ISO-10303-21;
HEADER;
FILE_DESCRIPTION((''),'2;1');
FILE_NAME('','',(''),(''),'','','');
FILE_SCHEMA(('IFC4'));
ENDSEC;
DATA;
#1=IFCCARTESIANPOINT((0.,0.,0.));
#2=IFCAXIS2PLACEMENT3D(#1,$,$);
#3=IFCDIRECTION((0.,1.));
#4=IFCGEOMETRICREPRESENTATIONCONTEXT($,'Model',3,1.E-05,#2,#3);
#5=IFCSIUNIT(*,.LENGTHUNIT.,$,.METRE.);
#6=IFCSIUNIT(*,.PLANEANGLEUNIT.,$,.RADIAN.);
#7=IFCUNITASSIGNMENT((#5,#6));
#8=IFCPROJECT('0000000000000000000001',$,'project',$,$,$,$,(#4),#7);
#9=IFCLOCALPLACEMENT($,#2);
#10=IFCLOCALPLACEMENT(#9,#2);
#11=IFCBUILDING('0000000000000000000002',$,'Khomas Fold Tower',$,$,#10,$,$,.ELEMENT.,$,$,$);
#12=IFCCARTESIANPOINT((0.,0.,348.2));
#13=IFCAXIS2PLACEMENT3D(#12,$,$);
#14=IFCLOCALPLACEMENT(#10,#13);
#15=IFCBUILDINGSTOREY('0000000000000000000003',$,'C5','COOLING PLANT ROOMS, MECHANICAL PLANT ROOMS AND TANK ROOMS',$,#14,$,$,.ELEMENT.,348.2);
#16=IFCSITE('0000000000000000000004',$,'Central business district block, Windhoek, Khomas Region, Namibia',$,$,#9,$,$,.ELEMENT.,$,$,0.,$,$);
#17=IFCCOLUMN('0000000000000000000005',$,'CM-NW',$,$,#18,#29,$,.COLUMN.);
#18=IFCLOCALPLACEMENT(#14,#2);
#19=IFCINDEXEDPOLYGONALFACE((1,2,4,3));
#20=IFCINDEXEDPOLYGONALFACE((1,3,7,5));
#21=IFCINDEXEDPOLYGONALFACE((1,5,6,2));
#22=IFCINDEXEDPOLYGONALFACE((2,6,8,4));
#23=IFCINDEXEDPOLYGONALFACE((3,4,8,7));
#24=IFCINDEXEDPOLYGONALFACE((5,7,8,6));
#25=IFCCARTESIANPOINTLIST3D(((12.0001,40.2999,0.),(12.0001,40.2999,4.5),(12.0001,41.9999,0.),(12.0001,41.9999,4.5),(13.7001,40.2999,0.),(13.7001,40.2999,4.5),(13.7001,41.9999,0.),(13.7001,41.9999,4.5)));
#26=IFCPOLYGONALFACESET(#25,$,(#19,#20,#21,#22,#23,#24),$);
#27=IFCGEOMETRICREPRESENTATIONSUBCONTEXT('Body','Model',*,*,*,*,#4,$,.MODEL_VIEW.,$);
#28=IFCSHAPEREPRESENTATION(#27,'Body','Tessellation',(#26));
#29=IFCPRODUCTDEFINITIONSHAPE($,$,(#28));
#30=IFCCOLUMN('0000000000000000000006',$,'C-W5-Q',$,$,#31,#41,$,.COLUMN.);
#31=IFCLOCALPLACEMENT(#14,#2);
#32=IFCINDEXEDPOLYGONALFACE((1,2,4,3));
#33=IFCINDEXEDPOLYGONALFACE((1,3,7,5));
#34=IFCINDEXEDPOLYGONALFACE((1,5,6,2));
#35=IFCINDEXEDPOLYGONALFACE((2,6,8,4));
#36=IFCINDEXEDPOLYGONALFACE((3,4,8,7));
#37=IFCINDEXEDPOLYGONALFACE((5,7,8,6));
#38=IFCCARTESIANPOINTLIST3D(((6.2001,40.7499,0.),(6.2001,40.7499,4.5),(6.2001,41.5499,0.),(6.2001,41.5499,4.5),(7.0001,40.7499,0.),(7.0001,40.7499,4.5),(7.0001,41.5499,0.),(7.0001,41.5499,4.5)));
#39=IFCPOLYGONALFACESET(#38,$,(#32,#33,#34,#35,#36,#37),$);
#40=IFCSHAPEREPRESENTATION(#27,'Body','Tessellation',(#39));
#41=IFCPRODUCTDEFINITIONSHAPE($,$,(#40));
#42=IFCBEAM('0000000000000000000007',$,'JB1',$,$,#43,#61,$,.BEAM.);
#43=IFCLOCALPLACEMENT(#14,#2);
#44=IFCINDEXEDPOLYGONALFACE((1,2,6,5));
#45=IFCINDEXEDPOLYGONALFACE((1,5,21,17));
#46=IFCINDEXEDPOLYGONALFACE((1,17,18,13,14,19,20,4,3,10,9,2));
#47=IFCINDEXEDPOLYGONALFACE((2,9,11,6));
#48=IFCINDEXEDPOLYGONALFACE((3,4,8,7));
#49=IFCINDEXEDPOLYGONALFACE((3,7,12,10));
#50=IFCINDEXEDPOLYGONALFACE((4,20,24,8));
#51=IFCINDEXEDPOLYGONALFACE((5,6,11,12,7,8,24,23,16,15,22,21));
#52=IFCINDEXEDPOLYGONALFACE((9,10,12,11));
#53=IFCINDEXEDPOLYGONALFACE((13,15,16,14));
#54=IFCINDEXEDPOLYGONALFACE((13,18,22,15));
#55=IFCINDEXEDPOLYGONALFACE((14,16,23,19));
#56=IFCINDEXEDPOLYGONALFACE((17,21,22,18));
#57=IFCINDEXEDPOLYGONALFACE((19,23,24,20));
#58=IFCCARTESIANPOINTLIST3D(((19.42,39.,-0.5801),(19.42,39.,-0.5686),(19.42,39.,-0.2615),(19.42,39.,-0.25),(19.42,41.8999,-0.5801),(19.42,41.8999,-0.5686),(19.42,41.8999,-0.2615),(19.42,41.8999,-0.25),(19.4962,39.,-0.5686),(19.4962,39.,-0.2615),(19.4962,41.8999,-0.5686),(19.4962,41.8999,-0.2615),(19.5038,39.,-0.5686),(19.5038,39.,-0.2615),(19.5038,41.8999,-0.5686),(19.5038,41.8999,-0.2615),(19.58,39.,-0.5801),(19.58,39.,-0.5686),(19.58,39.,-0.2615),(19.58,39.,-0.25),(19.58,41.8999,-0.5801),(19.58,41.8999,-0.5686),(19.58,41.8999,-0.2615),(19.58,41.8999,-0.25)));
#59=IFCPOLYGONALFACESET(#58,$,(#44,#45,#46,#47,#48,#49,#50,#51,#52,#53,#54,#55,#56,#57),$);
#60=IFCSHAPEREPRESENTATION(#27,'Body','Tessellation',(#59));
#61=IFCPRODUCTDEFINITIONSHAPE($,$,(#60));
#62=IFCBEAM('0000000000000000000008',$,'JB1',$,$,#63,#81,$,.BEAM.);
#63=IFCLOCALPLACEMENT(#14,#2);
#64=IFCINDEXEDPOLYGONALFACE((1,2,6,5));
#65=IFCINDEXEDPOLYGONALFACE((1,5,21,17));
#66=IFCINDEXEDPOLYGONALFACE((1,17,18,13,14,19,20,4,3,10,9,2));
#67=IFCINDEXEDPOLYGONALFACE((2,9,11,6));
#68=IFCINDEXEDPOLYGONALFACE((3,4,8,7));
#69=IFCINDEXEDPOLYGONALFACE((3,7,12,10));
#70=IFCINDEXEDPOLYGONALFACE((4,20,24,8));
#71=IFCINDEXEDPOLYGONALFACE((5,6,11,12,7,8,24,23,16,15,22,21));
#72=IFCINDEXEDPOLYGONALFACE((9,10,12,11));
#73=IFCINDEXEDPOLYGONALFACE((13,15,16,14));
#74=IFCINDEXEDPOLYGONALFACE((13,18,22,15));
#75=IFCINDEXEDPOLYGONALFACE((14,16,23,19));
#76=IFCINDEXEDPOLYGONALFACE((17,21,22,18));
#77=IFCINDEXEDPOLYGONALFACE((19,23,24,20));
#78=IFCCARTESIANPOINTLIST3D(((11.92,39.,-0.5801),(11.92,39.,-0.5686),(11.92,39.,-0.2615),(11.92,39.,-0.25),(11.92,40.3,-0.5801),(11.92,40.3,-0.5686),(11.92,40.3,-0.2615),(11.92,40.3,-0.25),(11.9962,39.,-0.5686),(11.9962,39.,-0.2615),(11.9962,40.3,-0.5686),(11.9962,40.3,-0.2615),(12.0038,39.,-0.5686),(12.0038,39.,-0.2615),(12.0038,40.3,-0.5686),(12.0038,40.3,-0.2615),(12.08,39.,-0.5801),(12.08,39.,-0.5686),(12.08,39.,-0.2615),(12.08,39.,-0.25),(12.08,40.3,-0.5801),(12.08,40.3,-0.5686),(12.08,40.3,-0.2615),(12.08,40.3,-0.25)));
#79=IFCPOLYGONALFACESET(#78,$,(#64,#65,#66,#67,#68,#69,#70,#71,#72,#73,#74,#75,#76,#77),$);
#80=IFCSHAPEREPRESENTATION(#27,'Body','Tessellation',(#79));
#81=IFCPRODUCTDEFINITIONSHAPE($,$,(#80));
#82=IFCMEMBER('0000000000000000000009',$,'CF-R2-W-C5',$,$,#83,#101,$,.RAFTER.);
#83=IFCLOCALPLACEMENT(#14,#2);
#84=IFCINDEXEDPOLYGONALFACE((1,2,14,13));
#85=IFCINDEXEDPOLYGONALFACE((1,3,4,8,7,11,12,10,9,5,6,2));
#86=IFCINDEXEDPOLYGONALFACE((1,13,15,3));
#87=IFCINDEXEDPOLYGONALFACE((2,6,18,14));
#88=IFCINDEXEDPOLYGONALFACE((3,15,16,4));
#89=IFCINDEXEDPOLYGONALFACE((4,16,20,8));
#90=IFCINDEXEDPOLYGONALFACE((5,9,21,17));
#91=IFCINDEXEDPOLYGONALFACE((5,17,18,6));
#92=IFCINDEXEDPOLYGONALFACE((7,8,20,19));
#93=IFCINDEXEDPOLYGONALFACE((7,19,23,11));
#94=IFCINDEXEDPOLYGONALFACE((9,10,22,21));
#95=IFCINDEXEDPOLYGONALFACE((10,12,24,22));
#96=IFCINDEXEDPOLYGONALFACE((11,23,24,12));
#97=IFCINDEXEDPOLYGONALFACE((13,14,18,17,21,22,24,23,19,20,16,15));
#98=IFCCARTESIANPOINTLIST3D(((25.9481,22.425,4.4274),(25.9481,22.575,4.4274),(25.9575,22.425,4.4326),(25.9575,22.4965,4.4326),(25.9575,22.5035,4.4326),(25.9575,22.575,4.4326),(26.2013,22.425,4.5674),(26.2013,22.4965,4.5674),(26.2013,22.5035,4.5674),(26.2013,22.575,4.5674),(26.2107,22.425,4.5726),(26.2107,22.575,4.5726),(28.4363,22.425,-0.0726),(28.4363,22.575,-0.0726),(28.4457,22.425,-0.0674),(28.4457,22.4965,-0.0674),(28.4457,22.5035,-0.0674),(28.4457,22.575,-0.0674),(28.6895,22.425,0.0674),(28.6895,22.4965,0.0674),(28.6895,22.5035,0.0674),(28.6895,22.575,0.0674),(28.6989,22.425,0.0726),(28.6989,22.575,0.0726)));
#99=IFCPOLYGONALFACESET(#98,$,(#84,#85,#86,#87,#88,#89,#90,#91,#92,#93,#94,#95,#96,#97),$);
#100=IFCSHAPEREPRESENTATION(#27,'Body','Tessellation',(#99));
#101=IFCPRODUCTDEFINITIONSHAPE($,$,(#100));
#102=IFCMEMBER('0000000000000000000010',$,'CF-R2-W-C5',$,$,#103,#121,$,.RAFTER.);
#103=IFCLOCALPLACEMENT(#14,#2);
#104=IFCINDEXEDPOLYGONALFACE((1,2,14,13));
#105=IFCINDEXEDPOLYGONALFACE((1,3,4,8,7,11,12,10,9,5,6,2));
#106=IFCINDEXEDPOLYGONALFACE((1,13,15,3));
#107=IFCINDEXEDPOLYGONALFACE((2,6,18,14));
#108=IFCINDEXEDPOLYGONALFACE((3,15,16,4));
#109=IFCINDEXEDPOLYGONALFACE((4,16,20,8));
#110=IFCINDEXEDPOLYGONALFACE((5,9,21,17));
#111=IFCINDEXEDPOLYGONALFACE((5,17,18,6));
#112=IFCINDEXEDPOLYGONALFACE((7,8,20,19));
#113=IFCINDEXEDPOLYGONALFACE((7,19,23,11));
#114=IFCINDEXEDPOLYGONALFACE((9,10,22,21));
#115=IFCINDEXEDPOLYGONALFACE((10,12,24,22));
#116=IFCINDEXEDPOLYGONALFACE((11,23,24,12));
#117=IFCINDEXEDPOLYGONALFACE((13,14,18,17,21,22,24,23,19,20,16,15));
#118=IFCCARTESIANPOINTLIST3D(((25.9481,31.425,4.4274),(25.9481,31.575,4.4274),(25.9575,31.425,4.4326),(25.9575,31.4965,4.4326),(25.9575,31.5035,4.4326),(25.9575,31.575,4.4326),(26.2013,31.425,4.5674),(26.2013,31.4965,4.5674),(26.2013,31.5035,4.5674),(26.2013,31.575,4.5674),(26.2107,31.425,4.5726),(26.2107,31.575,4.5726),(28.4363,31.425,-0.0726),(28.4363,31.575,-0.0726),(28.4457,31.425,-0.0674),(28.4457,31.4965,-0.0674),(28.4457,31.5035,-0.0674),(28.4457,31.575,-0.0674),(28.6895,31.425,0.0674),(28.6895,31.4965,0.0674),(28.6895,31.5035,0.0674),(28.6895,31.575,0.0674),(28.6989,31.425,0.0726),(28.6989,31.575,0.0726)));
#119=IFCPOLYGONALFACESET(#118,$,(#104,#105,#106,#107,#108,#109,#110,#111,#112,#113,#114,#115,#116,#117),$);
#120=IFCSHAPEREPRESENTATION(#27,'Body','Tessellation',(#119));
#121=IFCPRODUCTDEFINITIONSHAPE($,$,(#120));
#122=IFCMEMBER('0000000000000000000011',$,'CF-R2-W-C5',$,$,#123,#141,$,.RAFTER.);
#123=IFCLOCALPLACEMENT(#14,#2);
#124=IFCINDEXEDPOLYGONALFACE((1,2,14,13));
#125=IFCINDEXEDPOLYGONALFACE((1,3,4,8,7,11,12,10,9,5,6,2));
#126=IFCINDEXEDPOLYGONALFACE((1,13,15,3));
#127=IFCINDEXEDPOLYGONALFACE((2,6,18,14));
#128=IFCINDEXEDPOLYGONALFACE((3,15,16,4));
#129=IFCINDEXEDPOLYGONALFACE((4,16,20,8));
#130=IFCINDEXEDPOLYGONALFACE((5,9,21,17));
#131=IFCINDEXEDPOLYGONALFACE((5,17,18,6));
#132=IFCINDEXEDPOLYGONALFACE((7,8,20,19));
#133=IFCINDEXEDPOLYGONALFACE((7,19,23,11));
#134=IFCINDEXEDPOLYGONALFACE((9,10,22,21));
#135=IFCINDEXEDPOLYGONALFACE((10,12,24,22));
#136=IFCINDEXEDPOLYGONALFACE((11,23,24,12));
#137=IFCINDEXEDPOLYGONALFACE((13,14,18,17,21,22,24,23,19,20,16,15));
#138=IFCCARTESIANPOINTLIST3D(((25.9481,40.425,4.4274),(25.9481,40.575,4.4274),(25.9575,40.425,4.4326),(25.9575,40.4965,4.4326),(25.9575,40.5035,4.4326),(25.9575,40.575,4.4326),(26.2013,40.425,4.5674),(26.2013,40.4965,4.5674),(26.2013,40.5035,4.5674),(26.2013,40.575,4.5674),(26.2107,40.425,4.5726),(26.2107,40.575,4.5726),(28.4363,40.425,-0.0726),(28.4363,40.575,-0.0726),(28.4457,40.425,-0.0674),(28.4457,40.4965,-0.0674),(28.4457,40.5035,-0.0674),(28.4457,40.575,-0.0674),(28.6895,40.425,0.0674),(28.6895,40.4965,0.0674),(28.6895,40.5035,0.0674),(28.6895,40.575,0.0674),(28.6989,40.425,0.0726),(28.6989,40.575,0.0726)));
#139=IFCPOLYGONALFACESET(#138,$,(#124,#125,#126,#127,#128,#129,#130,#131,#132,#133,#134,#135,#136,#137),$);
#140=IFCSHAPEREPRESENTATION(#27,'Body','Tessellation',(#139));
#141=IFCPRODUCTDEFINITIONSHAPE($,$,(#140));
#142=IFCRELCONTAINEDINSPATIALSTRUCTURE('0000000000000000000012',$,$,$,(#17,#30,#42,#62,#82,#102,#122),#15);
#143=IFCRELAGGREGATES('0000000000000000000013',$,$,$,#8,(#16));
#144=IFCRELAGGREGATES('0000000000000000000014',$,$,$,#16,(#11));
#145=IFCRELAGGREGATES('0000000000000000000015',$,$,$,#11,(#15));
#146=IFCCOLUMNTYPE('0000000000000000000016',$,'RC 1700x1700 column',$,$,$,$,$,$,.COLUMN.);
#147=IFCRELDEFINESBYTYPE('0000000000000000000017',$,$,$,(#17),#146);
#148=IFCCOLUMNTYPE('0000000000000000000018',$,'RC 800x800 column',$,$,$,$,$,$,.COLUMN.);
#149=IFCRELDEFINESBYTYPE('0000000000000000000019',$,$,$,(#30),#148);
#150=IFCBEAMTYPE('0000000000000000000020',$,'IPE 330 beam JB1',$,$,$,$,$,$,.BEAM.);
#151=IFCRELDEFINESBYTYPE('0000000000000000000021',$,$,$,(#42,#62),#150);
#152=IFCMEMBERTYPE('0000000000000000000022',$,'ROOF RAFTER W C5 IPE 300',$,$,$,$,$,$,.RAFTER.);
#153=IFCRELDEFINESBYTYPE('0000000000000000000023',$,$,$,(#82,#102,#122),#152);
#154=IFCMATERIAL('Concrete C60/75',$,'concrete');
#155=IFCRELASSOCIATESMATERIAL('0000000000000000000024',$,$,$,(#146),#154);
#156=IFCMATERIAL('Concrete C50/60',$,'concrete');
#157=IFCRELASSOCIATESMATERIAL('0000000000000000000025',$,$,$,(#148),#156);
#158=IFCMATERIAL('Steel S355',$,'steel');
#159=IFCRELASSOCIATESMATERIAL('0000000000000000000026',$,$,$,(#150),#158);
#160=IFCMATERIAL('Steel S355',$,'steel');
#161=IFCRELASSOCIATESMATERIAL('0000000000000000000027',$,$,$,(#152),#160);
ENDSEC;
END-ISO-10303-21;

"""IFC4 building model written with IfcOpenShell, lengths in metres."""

from ifc_helpers import new_model, si_unit, direction, frame, origin, origin_2d, place, context, subcontext, project, spatial, rectangle, i_section, extrude, source, transform, mapped, material, material_profile, profile_set, type_object, element, save


model = new_model("IFC4")

# Units and contexts
model_context = context("Model", 3, precision=1e-05, world=origin(), true_north=direction((0.0, 1.0)))
body_context = subcontext(model_context, "Body", "Model", "MODEL_VIEW")
ifc_project = project(units=[si_unit("LENGTHUNIT", "METRE"), si_unit("PLANEANGLEUNIT", "RADIAN")], contexts=[model_context])

# Site, building, storey
site_placement = place(None, origin())
site = spatial("IfcSite", under=ifc_project, at=site_placement, Name="Central business district block, Windhoek, Khomas Region, Namibia", CompositionType="ELEMENT", RefElevation=0.0)
building_placement = place(site_placement, origin())
building = spatial("IfcBuilding", under=site, at=building_placement, Name="Khomas Fold Tower", CompositionType="ELEMENT")
storey_placement = place(building_placement, frame((0.0, 0.0, 348.2)))
storey = spatial("IfcBuildingStorey", under=building, at=storey_placement, Name="C5", Description="COOLING PLANT ROOMS, MECHANICAL PLANT ROOMS AND TANK ROOMS", CompositionType="ELEMENT", Elevation=348.2)

# Columns
ifc_material_1 = material(Name="Concrete C60/75", Category="concrete")
ifc_material_profile_1 = material_profile(ifc_material_1, rectangle(XDim=1.7, YDim=1.7, at=origin_2d()), Name="RC 1700x1700")
ifc_profile_set_1 = profile_set([ifc_material_profile_1], Name="Concrete C60/75")
column_type_1 = type_object("IfcColumnType", Name="RC 1700x1700 column", PredefinedType="COLUMN", material=ifc_profile_set_1)
shared_shape_1 = source(origin(), body_context, "Body", "SweptSolid", [
    extrude(rectangle(XDim=1.7, YDim=1.7, at=origin_2d()), origin(), (0.0, 0.0, 1.0), 4.5),
])
column_1_placement = place(storey_placement, frame((12.8501, 41.1499, 0.0), z_axis=(0.0, 0.0, 1.0), x_axis=(1.0, 0.0, 0.0)))
element("IfcColumn", 1, at=column_1_placement, inside=storey, type_object=column_type_1, Name="CM-NW", PredefinedType="COLUMN", context=body_context, shape_type="MappedRepresentation", body=[
    mapped(shared_shape_1, transform((0.0, 0.0, 0.0))),
])
ifc_material_2 = material(Name="Concrete C50/60", Category="concrete")
ifc_material_profile_2 = material_profile(ifc_material_2, rectangle(XDim=0.8, YDim=0.8, at=origin_2d()), Name="RC 800x800")
ifc_profile_set_2 = profile_set([ifc_material_profile_2], Name="Concrete C50/60")
column_type_2 = type_object("IfcColumnType", Name="RC 800x800 column", PredefinedType="COLUMN", material=ifc_profile_set_2)
shared_shape_2 = source(origin(), body_context, "Body", "SweptSolid", [
    extrude(rectangle(XDim=0.8, YDim=0.8, at=origin_2d()), origin(), (0.0, 0.0, 1.0), 4.5),
])
column_2_placement = place(storey_placement, frame((6.6001, 41.1499, 0.0), z_axis=(0.0, 0.0, 1.0), x_axis=(1.0, 0.0, 0.0)))
element("IfcColumn", 2, at=column_2_placement, inside=storey, type_object=column_type_2, Name="C-W5-Q", PredefinedType="COLUMN", context=body_context, shape_type="MappedRepresentation", body=[
    mapped(shared_shape_2, transform((0.0, 0.0, 0.0))),
])

# Beams
ifc_material_3 = material(Name="Steel S355", Category="steel")
ifc_material_profile_3 = material_profile(ifc_material_3, i_section(OverallWidth=0.1599, OverallDepth=0.3301, WebThickness=0.0076, FlangeThickness=0.0115, at=origin_2d()), Name="IPE 330")
ifc_profile_set_3 = profile_set([ifc_material_profile_3], Name="Steel S355")
beam_type = type_object("IfcBeamType", Name="IPE 330 beam JB1", PredefinedType="BEAM", material=ifc_profile_set_3)
shared_shape_3 = source(origin(), body_context, "Body", "SweptSolid", [
    extrude(i_section(OverallWidth=0.1599, OverallDepth=0.3301, WebThickness=0.0076, FlangeThickness=0.0115, at=origin_2d()), origin(), (0.0, 0.0, 1.0), 2.8999),
])
beam_1_placement = place(storey_placement, frame((19.5, 39.0, -0.415), z_axis=(0.0, 1.0, 0.0), x_axis=(-1.0, 0.0, 0.0)))
element("IfcBeam", 3, at=beam_1_placement, inside=storey, type_object=beam_type, Name="JB1", PredefinedType="BEAM", context=body_context, shape_type="MappedRepresentation", body=[
    mapped(shared_shape_3, transform((0.0, 0.0, 0.0))),
])
shared_shape_4 = source(origin(), body_context, "Body", "SweptSolid", [
    extrude(i_section(OverallWidth=0.1599, OverallDepth=0.3301, WebThickness=0.0076, FlangeThickness=0.0115, at=origin_2d()), origin(), (0.0, 0.0, 1.0), 1.3),
])
beam_2_placement = place(storey_placement, frame((12.0, 39.0, -0.415), z_axis=(0.0, 1.0, 0.0), x_axis=(-1.0, 0.0, 0.0)))
element("IfcBeam", 4, at=beam_2_placement, inside=storey, type_object=beam_type, Name="JB1", PredefinedType="BEAM", context=body_context, shape_type="MappedRepresentation", body=[
    mapped(shared_shape_4, transform((0.0, 0.0, 0.0))),
])

# Members
ifc_material_4 = material(Name="Steel S355", Category="steel")
ifc_material_profile_4 = material_profile(ifc_material_4, i_section(OverallWidth=0.1499, OverallDepth=0.3, WebThickness=0.0071, FlangeThickness=0.0107, at=origin_2d()), Name="IPE 300")
ifc_profile_set_4 = profile_set([ifc_material_profile_4], Name="Steel S355")
member_type = type_object("IfcMemberType", Name="ROOF RAFTER W C5 IPE 300", PredefinedType="RAFTER", material=ifc_profile_set_4)
shared_shape_5 = source(origin(), body_context, "Body", "SweptSolid", [
    extrude(i_section(OverallWidth=0.1499, OverallDepth=0.3, WebThickness=0.0071, FlangeThickness=0.0107, at=origin_2d()), origin(), (0.0, 0.0, 1.0), 5.1421),
])
for number, where, z_axis, x_axis, name in (
    (5, (28.5676, 22.5, 0.0), (-0.4839, 0.0, 0.875123), (0.0, -1.0, 0.0), "CF-R2-W-C5"),
    (6, (28.5676, 31.5, 0.0), (-0.4839, 0.0, 0.875123), (0.0, -1.0, 0.0), "CF-R2-W-C5"),
    (7, (28.5676, 40.5, 0.0), (-0.4839, 0.0, 0.875123), (0.0, -1.0, 0.0), "CF-R2-W-C5"),
):
    element("IfcMember", number, at=place(storey_placement, frame(where, z_axis=z_axis, x_axis=x_axis)), inside=storey, type_object=member_type, Name=name, PredefinedType="RAFTER", context=body_context, shape_type="MappedRepresentation", body=[
        mapped(shared_shape_5, transform((0.0, 0.0, 0.0))),
    ])

save(model, "model.ifc")
